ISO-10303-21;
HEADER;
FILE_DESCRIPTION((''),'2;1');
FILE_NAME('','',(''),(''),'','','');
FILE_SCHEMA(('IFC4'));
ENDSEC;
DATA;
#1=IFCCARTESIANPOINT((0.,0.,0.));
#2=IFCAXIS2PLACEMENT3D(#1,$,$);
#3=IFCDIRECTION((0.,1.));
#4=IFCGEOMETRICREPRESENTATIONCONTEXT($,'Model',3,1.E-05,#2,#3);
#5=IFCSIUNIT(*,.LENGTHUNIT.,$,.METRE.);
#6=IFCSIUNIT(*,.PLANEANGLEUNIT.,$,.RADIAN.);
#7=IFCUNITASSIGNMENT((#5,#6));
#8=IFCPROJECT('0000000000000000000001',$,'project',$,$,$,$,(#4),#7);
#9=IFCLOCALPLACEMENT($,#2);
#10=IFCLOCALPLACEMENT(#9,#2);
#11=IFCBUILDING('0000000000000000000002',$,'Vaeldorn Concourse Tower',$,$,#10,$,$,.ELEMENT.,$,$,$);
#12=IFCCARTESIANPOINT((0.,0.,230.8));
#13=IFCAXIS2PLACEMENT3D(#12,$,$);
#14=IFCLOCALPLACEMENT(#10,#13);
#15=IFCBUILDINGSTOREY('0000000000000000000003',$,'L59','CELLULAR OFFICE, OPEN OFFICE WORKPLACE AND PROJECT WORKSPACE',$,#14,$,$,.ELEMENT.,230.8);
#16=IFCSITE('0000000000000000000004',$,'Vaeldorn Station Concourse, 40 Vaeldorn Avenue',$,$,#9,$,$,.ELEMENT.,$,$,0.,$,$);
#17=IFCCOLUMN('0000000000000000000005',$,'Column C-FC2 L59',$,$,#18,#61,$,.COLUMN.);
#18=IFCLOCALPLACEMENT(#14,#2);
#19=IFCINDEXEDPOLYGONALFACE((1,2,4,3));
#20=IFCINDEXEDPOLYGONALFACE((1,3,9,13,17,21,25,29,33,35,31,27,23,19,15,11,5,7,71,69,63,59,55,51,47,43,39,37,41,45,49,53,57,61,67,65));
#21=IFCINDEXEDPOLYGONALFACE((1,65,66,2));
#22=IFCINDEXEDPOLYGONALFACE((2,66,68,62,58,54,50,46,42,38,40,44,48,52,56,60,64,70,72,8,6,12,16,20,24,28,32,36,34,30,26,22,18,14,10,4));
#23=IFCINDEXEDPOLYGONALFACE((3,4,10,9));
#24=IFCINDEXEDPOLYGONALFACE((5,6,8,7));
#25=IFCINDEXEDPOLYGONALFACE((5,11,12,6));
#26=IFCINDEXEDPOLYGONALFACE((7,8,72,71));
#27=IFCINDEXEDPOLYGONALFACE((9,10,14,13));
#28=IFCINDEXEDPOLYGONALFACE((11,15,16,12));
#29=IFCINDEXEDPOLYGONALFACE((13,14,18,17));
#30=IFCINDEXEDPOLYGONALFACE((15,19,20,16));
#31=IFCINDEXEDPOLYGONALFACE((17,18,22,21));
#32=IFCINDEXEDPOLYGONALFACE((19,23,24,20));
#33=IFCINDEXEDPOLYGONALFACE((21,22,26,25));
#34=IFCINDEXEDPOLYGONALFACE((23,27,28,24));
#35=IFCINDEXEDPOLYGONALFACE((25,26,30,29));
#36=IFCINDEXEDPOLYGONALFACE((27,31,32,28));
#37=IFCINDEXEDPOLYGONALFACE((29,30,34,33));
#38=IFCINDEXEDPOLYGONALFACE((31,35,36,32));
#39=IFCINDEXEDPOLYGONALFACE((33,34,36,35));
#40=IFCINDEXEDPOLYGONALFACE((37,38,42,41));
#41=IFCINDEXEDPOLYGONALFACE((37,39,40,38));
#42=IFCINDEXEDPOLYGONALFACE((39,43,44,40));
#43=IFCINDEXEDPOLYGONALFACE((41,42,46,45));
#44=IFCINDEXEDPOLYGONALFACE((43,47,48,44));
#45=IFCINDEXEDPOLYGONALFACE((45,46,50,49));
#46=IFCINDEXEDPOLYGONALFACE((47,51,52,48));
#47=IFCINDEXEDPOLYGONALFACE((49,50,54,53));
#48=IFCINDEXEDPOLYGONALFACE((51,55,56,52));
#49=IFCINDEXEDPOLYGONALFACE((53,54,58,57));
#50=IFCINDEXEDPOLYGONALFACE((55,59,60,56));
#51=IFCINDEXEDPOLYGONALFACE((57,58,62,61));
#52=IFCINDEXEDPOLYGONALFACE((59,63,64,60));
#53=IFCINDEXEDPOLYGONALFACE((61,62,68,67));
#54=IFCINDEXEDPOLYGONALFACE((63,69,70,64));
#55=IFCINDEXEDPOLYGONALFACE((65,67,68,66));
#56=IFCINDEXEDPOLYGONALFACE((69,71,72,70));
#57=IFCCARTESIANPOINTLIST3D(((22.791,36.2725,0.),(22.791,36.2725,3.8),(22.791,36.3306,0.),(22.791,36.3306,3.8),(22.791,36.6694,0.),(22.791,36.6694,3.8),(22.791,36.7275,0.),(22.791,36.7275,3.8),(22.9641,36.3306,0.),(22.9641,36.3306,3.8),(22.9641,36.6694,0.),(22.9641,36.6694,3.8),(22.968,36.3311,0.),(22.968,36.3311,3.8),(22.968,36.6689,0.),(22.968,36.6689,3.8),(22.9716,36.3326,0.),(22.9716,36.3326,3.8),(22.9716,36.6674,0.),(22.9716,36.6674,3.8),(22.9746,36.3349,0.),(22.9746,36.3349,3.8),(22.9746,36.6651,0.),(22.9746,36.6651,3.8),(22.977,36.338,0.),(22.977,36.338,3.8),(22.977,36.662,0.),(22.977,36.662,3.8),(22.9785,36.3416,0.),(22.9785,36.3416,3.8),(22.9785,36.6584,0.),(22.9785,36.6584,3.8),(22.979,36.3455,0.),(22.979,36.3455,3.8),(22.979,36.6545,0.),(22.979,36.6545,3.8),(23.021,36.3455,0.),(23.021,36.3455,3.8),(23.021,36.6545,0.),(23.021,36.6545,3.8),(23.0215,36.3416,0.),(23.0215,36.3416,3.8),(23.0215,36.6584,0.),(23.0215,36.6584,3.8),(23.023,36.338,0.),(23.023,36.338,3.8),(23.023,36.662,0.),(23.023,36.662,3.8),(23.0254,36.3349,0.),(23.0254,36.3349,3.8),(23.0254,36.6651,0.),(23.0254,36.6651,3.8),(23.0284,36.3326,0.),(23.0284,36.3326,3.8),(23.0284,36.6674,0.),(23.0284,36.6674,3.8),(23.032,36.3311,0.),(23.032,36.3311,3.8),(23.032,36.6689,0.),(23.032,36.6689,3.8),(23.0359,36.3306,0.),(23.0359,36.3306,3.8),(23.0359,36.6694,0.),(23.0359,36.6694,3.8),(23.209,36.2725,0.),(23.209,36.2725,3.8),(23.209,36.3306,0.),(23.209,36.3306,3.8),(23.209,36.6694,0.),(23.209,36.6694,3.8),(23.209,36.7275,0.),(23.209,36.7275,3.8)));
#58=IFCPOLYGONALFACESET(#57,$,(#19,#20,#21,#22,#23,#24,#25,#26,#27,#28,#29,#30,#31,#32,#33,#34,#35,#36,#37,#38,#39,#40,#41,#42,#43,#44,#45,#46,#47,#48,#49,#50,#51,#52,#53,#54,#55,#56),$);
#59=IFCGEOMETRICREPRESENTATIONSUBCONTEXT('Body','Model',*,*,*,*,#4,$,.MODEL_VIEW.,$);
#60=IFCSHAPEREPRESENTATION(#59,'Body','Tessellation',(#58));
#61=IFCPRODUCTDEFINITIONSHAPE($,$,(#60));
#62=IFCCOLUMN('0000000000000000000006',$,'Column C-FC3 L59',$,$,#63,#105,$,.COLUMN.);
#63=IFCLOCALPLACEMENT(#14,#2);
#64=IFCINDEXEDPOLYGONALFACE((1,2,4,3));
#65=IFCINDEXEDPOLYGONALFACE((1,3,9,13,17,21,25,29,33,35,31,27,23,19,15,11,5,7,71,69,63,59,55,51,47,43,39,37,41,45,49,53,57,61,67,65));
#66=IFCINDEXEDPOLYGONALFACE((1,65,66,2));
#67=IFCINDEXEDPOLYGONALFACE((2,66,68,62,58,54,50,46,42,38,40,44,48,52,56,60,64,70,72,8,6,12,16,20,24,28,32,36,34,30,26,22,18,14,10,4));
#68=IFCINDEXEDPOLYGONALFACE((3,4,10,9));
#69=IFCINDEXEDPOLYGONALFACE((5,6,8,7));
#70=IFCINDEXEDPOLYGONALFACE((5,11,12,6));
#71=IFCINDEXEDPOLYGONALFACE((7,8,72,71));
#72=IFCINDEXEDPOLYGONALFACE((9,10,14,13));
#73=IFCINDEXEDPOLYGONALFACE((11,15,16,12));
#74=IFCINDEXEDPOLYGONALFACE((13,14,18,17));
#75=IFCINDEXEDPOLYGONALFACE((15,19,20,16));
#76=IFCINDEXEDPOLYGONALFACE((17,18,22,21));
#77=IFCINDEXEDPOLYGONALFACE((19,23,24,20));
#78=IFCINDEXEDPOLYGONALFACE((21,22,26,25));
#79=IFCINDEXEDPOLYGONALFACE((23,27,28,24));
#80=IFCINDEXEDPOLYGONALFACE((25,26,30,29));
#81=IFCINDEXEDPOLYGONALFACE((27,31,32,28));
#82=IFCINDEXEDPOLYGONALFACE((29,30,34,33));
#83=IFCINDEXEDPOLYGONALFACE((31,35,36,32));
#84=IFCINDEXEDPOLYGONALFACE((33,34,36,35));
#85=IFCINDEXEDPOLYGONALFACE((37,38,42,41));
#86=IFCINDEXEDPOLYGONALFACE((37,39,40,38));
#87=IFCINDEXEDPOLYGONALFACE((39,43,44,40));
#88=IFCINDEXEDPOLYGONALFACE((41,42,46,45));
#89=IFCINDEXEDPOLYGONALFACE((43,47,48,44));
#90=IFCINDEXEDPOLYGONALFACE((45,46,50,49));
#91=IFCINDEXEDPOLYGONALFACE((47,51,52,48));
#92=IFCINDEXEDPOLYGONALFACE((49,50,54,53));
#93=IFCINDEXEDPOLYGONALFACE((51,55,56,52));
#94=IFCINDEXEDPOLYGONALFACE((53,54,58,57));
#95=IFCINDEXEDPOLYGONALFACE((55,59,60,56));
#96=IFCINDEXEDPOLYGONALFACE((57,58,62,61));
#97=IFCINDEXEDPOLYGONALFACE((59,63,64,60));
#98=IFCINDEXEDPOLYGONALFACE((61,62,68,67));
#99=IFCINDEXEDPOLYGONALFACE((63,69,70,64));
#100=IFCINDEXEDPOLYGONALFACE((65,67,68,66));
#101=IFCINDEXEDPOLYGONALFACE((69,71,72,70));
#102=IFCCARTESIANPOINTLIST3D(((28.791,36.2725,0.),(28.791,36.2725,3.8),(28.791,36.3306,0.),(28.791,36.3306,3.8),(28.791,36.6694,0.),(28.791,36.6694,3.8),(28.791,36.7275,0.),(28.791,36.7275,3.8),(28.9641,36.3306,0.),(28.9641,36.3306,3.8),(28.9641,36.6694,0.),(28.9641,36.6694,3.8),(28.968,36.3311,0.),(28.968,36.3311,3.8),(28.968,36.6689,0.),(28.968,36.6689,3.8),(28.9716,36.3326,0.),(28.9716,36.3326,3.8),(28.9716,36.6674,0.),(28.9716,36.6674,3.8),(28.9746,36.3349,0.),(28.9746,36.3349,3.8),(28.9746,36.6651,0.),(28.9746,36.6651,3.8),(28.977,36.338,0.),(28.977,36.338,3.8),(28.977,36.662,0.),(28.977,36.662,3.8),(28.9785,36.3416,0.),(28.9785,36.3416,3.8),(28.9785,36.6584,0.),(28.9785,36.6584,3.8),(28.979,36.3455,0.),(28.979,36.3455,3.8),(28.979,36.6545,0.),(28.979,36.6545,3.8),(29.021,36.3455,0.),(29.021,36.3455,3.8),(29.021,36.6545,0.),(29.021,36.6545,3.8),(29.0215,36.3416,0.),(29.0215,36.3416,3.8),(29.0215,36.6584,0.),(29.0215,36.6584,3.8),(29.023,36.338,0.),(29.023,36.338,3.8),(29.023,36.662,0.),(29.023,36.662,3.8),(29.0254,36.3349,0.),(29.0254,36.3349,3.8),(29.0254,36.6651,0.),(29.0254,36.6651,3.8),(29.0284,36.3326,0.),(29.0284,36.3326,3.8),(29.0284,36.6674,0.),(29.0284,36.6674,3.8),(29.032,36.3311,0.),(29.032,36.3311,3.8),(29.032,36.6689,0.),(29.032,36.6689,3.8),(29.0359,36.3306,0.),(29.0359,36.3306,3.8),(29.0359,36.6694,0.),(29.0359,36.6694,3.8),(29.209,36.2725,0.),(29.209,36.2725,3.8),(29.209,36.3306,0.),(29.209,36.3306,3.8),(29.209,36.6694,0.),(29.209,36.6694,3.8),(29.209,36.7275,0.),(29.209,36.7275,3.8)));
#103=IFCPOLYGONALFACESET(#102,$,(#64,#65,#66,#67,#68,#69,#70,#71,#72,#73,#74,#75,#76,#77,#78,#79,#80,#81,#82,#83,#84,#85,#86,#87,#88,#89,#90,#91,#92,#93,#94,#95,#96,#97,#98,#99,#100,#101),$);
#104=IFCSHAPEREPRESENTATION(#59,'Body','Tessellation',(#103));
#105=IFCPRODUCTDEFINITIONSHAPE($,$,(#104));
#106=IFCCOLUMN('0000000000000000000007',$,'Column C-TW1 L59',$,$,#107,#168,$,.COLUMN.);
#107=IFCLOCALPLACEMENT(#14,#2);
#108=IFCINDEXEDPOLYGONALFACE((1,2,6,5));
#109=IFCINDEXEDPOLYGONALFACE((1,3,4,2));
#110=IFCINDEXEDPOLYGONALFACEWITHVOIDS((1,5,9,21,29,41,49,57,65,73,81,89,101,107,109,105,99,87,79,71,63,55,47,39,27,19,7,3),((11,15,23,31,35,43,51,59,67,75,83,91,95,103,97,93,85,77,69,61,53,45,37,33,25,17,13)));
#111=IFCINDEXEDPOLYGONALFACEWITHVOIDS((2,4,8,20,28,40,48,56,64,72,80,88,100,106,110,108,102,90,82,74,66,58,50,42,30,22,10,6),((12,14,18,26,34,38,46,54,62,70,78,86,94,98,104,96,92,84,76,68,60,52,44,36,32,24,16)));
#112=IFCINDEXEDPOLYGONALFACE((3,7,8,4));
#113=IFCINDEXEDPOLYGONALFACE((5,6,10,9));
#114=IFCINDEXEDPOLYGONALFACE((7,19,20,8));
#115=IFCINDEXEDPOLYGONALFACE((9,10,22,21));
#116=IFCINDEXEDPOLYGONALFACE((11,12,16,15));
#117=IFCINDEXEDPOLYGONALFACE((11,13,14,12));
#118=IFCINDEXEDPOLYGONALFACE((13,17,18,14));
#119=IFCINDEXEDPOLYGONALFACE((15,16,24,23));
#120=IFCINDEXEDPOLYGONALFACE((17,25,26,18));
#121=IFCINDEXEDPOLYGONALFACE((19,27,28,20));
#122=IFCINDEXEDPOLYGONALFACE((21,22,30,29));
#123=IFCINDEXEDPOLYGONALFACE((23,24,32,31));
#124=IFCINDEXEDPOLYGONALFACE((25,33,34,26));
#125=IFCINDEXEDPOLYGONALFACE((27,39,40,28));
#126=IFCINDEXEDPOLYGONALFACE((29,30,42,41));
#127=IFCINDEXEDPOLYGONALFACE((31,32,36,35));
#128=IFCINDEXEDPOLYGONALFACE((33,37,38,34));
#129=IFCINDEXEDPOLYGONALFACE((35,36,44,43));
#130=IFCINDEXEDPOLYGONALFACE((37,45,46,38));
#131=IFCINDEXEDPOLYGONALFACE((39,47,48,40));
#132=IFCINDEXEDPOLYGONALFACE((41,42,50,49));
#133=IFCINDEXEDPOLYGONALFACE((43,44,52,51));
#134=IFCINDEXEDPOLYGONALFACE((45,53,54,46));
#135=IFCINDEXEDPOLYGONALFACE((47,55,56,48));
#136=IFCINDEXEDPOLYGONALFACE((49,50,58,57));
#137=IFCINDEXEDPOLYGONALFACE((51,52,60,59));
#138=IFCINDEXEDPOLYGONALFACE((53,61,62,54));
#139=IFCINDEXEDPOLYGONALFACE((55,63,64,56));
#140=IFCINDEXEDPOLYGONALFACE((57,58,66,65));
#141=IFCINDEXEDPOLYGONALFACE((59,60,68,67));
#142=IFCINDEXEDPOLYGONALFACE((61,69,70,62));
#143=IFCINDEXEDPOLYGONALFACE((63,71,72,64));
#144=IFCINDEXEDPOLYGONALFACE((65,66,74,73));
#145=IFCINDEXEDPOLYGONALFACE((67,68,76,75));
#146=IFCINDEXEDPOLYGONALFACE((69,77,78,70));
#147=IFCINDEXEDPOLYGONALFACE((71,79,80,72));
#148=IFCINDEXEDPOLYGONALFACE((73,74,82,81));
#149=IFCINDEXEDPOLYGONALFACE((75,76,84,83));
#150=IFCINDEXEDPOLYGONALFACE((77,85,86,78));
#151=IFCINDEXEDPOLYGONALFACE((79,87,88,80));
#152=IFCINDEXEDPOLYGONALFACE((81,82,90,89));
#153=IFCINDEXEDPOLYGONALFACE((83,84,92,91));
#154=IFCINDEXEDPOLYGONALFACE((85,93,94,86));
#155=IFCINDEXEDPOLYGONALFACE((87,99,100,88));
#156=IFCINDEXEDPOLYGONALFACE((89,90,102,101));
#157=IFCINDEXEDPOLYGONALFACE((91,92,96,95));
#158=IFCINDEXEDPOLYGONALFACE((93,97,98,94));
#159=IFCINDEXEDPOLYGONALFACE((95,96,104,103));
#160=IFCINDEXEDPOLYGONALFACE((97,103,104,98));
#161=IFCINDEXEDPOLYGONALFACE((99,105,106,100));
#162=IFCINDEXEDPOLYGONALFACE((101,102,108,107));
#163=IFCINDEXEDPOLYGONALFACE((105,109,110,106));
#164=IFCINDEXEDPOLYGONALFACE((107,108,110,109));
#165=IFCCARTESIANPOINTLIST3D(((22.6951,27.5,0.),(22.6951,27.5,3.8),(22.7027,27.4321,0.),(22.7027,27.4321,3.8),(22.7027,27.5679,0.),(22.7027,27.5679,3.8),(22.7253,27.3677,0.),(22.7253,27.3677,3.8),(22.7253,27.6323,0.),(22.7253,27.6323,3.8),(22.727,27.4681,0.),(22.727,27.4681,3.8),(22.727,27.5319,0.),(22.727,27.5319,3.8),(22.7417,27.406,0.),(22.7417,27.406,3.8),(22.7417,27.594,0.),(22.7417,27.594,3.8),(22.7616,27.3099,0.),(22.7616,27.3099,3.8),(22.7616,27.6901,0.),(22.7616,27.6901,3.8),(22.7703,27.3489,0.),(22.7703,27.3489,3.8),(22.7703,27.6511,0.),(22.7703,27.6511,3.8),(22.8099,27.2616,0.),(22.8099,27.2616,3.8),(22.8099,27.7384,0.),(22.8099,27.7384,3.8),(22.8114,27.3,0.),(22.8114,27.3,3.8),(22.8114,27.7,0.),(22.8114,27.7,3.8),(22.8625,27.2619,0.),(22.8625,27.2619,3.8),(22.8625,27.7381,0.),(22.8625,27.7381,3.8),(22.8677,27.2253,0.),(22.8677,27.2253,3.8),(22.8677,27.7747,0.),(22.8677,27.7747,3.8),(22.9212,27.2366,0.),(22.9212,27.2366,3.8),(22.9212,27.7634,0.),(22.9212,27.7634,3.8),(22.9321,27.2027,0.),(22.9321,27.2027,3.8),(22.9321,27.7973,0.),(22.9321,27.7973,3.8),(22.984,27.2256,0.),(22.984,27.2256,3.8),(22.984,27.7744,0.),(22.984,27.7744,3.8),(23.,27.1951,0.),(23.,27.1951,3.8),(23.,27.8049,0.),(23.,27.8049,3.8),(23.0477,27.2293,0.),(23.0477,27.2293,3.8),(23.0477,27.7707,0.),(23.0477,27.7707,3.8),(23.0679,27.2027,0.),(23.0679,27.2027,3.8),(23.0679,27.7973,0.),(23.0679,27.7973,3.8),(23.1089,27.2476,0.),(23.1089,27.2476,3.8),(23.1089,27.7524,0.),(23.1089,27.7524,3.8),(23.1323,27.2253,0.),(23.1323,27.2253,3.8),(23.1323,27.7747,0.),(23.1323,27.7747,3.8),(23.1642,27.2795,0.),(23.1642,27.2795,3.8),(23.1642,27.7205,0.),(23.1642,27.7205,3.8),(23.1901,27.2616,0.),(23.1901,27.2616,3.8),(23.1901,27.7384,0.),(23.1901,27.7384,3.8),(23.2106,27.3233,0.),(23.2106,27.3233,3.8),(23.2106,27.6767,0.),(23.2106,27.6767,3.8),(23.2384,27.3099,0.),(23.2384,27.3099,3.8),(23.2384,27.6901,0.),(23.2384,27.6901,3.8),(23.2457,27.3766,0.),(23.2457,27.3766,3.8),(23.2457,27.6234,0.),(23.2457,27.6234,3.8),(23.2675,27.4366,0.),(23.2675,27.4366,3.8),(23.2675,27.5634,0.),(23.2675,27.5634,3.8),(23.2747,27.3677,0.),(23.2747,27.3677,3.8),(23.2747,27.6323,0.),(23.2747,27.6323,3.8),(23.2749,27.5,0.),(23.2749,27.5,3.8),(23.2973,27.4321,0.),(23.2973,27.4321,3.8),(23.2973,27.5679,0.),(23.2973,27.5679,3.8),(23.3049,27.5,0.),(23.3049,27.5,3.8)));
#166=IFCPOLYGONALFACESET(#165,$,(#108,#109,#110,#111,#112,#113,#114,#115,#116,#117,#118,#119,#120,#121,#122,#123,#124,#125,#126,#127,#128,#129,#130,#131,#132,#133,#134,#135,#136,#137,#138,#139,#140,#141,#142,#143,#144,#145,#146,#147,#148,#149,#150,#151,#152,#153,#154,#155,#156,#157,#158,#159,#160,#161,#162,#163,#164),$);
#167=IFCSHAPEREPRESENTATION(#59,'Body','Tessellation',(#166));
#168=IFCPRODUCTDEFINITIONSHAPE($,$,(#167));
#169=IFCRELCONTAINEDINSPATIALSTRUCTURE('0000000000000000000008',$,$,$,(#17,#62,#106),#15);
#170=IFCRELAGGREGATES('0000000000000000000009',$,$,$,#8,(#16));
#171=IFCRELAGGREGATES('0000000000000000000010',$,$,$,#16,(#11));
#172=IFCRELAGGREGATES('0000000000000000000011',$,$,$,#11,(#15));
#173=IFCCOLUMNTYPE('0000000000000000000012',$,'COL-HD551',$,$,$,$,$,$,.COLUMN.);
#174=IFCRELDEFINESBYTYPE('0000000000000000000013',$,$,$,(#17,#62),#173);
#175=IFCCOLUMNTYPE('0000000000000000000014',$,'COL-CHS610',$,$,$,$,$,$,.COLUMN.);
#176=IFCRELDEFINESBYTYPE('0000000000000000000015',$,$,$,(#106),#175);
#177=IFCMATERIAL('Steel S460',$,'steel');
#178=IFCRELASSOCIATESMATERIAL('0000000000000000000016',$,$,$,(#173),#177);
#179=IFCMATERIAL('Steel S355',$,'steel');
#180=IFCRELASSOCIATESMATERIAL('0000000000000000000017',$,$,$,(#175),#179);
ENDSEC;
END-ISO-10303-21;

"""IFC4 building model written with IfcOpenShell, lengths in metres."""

from ifc_helpers import new_model, si_unit, direction, frame, origin, origin_2d, place, context, subcontext, project, spatial, hollow_circle, i_section, extrude, source, transform, mapped, material, material_profile, profile_set, type_object, element, save


model = new_model("IFC4")

# Units and contexts
model_context = context("Model", 3, precision=1e-05, world=origin(), true_north=direction((0.0, 1.0)))
body_context = subcontext(model_context, "Body", "Model", "MODEL_VIEW")
ifc_project = project(units=[si_unit("LENGTHUNIT", "METRE"), si_unit("PLANEANGLEUNIT", "RADIAN")], contexts=[model_context])

# Site, building, storey
site_placement = place(None, origin())
site = spatial("IfcSite", under=ifc_project, at=site_placement, Name="Vaeldorn Station Concourse, 40 Vaeldorn Avenue", CompositionType="ELEMENT", RefElevation=0.0)
building_placement = place(site_placement, origin())
building = spatial("IfcBuilding", under=site, at=building_placement, Name="Vaeldorn Concourse Tower", CompositionType="ELEMENT")
storey_placement = place(building_placement, frame((0.0, 0.0, 230.8)))
storey = spatial("IfcBuildingStorey", under=building, at=storey_placement, Name="L59", Description="CELLULAR OFFICE, OPEN OFFICE WORKPLACE AND PROJECT WORKSPACE", CompositionType="ELEMENT", Elevation=230.8)

# Columns
ifc_material_1 = material(Name="Steel S460", Category="steel")
ifc_material_profile_1 = material_profile(ifc_material_1, i_section(OverallWidth=0.418, OverallDepth=0.4551, WebThickness=0.042, FlangeThickness=0.0581, FilletRadius=0.0149, at=origin_2d()), Name="HD 400x551")
ifc_profile_set_1 = profile_set([ifc_material_profile_1], Name="Steel S460")
column_type_1 = type_object("IfcColumnType", Name="COL-HD551", PredefinedType="COLUMN", material=ifc_profile_set_1)
shared_shape_1 = source(origin(), body_context, "Body", "SweptSolid", [
    extrude(i_section(OverallWidth=0.418, OverallDepth=0.4551, WebThickness=0.042, FlangeThickness=0.0581, FilletRadius=0.0149, at=origin_2d()), origin(), (0.0, 0.0, 1.0), 3.8),
])
for number, where, z_axis, x_axis, name in (
    (1, (23.0, 36.5, 0.0), (0.0, 0.0, 1.0), (1.0, 0.0, 0.0), "Column C-FC2 L59"),
    (2, (29.0, 36.5, 0.0), (0.0, 0.0, 1.0), (1.0, 0.0, 0.0), "Column C-FC3 L59"),
):
    element("IfcColumn", number, at=place(storey_placement, frame(where, z_axis=z_axis, x_axis=x_axis)), inside=storey, type_object=column_type_1, Name=name, PredefinedType="COLUMN", context=body_context, shape_type="MappedRepresentation", body=[
        mapped(shared_shape_1, transform((0.0, 0.0, 0.0), scale=1.0)),
    ])
ifc_material_2 = material(Name="Steel S355", Category="steel")
ifc_material_profile_2 = material_profile(ifc_material_2, hollow_circle(Radius=0.3049, WallThickness=0.03, at=origin_2d()), Name="CHS 610x30")
ifc_profile_set_2 = profile_set([ifc_material_profile_2], Name="Steel S355")
column_type_2 = type_object("IfcColumnType", Name="COL-CHS610", PredefinedType="COLUMN", material=ifc_profile_set_2)
shared_shape_2 = source(origin(), body_context, "Body", "SweptSolid", [
    extrude(hollow_circle(Radius=0.3049, WallThickness=0.03, at=origin_2d()), origin(), (0.0, 0.0, 1.0), 3.8),
])
column_1_placement = place(storey_placement, frame((23.0, 27.5, 0.0), z_axis=(0.0, 0.0, 1.0), x_axis=(1.0, 0.0, 0.0)))
element("IfcColumn", 3, at=column_1_placement, inside=storey, type_object=column_type_2, Name="Column C-TW1 L59", PredefinedType="COLUMN", context=body_context, shape_type="MappedRepresentation", body=[
    mapped(shared_shape_2, transform((0.0, 0.0, 0.0), scale=1.0)),
])

save(model, "model.ifc")
